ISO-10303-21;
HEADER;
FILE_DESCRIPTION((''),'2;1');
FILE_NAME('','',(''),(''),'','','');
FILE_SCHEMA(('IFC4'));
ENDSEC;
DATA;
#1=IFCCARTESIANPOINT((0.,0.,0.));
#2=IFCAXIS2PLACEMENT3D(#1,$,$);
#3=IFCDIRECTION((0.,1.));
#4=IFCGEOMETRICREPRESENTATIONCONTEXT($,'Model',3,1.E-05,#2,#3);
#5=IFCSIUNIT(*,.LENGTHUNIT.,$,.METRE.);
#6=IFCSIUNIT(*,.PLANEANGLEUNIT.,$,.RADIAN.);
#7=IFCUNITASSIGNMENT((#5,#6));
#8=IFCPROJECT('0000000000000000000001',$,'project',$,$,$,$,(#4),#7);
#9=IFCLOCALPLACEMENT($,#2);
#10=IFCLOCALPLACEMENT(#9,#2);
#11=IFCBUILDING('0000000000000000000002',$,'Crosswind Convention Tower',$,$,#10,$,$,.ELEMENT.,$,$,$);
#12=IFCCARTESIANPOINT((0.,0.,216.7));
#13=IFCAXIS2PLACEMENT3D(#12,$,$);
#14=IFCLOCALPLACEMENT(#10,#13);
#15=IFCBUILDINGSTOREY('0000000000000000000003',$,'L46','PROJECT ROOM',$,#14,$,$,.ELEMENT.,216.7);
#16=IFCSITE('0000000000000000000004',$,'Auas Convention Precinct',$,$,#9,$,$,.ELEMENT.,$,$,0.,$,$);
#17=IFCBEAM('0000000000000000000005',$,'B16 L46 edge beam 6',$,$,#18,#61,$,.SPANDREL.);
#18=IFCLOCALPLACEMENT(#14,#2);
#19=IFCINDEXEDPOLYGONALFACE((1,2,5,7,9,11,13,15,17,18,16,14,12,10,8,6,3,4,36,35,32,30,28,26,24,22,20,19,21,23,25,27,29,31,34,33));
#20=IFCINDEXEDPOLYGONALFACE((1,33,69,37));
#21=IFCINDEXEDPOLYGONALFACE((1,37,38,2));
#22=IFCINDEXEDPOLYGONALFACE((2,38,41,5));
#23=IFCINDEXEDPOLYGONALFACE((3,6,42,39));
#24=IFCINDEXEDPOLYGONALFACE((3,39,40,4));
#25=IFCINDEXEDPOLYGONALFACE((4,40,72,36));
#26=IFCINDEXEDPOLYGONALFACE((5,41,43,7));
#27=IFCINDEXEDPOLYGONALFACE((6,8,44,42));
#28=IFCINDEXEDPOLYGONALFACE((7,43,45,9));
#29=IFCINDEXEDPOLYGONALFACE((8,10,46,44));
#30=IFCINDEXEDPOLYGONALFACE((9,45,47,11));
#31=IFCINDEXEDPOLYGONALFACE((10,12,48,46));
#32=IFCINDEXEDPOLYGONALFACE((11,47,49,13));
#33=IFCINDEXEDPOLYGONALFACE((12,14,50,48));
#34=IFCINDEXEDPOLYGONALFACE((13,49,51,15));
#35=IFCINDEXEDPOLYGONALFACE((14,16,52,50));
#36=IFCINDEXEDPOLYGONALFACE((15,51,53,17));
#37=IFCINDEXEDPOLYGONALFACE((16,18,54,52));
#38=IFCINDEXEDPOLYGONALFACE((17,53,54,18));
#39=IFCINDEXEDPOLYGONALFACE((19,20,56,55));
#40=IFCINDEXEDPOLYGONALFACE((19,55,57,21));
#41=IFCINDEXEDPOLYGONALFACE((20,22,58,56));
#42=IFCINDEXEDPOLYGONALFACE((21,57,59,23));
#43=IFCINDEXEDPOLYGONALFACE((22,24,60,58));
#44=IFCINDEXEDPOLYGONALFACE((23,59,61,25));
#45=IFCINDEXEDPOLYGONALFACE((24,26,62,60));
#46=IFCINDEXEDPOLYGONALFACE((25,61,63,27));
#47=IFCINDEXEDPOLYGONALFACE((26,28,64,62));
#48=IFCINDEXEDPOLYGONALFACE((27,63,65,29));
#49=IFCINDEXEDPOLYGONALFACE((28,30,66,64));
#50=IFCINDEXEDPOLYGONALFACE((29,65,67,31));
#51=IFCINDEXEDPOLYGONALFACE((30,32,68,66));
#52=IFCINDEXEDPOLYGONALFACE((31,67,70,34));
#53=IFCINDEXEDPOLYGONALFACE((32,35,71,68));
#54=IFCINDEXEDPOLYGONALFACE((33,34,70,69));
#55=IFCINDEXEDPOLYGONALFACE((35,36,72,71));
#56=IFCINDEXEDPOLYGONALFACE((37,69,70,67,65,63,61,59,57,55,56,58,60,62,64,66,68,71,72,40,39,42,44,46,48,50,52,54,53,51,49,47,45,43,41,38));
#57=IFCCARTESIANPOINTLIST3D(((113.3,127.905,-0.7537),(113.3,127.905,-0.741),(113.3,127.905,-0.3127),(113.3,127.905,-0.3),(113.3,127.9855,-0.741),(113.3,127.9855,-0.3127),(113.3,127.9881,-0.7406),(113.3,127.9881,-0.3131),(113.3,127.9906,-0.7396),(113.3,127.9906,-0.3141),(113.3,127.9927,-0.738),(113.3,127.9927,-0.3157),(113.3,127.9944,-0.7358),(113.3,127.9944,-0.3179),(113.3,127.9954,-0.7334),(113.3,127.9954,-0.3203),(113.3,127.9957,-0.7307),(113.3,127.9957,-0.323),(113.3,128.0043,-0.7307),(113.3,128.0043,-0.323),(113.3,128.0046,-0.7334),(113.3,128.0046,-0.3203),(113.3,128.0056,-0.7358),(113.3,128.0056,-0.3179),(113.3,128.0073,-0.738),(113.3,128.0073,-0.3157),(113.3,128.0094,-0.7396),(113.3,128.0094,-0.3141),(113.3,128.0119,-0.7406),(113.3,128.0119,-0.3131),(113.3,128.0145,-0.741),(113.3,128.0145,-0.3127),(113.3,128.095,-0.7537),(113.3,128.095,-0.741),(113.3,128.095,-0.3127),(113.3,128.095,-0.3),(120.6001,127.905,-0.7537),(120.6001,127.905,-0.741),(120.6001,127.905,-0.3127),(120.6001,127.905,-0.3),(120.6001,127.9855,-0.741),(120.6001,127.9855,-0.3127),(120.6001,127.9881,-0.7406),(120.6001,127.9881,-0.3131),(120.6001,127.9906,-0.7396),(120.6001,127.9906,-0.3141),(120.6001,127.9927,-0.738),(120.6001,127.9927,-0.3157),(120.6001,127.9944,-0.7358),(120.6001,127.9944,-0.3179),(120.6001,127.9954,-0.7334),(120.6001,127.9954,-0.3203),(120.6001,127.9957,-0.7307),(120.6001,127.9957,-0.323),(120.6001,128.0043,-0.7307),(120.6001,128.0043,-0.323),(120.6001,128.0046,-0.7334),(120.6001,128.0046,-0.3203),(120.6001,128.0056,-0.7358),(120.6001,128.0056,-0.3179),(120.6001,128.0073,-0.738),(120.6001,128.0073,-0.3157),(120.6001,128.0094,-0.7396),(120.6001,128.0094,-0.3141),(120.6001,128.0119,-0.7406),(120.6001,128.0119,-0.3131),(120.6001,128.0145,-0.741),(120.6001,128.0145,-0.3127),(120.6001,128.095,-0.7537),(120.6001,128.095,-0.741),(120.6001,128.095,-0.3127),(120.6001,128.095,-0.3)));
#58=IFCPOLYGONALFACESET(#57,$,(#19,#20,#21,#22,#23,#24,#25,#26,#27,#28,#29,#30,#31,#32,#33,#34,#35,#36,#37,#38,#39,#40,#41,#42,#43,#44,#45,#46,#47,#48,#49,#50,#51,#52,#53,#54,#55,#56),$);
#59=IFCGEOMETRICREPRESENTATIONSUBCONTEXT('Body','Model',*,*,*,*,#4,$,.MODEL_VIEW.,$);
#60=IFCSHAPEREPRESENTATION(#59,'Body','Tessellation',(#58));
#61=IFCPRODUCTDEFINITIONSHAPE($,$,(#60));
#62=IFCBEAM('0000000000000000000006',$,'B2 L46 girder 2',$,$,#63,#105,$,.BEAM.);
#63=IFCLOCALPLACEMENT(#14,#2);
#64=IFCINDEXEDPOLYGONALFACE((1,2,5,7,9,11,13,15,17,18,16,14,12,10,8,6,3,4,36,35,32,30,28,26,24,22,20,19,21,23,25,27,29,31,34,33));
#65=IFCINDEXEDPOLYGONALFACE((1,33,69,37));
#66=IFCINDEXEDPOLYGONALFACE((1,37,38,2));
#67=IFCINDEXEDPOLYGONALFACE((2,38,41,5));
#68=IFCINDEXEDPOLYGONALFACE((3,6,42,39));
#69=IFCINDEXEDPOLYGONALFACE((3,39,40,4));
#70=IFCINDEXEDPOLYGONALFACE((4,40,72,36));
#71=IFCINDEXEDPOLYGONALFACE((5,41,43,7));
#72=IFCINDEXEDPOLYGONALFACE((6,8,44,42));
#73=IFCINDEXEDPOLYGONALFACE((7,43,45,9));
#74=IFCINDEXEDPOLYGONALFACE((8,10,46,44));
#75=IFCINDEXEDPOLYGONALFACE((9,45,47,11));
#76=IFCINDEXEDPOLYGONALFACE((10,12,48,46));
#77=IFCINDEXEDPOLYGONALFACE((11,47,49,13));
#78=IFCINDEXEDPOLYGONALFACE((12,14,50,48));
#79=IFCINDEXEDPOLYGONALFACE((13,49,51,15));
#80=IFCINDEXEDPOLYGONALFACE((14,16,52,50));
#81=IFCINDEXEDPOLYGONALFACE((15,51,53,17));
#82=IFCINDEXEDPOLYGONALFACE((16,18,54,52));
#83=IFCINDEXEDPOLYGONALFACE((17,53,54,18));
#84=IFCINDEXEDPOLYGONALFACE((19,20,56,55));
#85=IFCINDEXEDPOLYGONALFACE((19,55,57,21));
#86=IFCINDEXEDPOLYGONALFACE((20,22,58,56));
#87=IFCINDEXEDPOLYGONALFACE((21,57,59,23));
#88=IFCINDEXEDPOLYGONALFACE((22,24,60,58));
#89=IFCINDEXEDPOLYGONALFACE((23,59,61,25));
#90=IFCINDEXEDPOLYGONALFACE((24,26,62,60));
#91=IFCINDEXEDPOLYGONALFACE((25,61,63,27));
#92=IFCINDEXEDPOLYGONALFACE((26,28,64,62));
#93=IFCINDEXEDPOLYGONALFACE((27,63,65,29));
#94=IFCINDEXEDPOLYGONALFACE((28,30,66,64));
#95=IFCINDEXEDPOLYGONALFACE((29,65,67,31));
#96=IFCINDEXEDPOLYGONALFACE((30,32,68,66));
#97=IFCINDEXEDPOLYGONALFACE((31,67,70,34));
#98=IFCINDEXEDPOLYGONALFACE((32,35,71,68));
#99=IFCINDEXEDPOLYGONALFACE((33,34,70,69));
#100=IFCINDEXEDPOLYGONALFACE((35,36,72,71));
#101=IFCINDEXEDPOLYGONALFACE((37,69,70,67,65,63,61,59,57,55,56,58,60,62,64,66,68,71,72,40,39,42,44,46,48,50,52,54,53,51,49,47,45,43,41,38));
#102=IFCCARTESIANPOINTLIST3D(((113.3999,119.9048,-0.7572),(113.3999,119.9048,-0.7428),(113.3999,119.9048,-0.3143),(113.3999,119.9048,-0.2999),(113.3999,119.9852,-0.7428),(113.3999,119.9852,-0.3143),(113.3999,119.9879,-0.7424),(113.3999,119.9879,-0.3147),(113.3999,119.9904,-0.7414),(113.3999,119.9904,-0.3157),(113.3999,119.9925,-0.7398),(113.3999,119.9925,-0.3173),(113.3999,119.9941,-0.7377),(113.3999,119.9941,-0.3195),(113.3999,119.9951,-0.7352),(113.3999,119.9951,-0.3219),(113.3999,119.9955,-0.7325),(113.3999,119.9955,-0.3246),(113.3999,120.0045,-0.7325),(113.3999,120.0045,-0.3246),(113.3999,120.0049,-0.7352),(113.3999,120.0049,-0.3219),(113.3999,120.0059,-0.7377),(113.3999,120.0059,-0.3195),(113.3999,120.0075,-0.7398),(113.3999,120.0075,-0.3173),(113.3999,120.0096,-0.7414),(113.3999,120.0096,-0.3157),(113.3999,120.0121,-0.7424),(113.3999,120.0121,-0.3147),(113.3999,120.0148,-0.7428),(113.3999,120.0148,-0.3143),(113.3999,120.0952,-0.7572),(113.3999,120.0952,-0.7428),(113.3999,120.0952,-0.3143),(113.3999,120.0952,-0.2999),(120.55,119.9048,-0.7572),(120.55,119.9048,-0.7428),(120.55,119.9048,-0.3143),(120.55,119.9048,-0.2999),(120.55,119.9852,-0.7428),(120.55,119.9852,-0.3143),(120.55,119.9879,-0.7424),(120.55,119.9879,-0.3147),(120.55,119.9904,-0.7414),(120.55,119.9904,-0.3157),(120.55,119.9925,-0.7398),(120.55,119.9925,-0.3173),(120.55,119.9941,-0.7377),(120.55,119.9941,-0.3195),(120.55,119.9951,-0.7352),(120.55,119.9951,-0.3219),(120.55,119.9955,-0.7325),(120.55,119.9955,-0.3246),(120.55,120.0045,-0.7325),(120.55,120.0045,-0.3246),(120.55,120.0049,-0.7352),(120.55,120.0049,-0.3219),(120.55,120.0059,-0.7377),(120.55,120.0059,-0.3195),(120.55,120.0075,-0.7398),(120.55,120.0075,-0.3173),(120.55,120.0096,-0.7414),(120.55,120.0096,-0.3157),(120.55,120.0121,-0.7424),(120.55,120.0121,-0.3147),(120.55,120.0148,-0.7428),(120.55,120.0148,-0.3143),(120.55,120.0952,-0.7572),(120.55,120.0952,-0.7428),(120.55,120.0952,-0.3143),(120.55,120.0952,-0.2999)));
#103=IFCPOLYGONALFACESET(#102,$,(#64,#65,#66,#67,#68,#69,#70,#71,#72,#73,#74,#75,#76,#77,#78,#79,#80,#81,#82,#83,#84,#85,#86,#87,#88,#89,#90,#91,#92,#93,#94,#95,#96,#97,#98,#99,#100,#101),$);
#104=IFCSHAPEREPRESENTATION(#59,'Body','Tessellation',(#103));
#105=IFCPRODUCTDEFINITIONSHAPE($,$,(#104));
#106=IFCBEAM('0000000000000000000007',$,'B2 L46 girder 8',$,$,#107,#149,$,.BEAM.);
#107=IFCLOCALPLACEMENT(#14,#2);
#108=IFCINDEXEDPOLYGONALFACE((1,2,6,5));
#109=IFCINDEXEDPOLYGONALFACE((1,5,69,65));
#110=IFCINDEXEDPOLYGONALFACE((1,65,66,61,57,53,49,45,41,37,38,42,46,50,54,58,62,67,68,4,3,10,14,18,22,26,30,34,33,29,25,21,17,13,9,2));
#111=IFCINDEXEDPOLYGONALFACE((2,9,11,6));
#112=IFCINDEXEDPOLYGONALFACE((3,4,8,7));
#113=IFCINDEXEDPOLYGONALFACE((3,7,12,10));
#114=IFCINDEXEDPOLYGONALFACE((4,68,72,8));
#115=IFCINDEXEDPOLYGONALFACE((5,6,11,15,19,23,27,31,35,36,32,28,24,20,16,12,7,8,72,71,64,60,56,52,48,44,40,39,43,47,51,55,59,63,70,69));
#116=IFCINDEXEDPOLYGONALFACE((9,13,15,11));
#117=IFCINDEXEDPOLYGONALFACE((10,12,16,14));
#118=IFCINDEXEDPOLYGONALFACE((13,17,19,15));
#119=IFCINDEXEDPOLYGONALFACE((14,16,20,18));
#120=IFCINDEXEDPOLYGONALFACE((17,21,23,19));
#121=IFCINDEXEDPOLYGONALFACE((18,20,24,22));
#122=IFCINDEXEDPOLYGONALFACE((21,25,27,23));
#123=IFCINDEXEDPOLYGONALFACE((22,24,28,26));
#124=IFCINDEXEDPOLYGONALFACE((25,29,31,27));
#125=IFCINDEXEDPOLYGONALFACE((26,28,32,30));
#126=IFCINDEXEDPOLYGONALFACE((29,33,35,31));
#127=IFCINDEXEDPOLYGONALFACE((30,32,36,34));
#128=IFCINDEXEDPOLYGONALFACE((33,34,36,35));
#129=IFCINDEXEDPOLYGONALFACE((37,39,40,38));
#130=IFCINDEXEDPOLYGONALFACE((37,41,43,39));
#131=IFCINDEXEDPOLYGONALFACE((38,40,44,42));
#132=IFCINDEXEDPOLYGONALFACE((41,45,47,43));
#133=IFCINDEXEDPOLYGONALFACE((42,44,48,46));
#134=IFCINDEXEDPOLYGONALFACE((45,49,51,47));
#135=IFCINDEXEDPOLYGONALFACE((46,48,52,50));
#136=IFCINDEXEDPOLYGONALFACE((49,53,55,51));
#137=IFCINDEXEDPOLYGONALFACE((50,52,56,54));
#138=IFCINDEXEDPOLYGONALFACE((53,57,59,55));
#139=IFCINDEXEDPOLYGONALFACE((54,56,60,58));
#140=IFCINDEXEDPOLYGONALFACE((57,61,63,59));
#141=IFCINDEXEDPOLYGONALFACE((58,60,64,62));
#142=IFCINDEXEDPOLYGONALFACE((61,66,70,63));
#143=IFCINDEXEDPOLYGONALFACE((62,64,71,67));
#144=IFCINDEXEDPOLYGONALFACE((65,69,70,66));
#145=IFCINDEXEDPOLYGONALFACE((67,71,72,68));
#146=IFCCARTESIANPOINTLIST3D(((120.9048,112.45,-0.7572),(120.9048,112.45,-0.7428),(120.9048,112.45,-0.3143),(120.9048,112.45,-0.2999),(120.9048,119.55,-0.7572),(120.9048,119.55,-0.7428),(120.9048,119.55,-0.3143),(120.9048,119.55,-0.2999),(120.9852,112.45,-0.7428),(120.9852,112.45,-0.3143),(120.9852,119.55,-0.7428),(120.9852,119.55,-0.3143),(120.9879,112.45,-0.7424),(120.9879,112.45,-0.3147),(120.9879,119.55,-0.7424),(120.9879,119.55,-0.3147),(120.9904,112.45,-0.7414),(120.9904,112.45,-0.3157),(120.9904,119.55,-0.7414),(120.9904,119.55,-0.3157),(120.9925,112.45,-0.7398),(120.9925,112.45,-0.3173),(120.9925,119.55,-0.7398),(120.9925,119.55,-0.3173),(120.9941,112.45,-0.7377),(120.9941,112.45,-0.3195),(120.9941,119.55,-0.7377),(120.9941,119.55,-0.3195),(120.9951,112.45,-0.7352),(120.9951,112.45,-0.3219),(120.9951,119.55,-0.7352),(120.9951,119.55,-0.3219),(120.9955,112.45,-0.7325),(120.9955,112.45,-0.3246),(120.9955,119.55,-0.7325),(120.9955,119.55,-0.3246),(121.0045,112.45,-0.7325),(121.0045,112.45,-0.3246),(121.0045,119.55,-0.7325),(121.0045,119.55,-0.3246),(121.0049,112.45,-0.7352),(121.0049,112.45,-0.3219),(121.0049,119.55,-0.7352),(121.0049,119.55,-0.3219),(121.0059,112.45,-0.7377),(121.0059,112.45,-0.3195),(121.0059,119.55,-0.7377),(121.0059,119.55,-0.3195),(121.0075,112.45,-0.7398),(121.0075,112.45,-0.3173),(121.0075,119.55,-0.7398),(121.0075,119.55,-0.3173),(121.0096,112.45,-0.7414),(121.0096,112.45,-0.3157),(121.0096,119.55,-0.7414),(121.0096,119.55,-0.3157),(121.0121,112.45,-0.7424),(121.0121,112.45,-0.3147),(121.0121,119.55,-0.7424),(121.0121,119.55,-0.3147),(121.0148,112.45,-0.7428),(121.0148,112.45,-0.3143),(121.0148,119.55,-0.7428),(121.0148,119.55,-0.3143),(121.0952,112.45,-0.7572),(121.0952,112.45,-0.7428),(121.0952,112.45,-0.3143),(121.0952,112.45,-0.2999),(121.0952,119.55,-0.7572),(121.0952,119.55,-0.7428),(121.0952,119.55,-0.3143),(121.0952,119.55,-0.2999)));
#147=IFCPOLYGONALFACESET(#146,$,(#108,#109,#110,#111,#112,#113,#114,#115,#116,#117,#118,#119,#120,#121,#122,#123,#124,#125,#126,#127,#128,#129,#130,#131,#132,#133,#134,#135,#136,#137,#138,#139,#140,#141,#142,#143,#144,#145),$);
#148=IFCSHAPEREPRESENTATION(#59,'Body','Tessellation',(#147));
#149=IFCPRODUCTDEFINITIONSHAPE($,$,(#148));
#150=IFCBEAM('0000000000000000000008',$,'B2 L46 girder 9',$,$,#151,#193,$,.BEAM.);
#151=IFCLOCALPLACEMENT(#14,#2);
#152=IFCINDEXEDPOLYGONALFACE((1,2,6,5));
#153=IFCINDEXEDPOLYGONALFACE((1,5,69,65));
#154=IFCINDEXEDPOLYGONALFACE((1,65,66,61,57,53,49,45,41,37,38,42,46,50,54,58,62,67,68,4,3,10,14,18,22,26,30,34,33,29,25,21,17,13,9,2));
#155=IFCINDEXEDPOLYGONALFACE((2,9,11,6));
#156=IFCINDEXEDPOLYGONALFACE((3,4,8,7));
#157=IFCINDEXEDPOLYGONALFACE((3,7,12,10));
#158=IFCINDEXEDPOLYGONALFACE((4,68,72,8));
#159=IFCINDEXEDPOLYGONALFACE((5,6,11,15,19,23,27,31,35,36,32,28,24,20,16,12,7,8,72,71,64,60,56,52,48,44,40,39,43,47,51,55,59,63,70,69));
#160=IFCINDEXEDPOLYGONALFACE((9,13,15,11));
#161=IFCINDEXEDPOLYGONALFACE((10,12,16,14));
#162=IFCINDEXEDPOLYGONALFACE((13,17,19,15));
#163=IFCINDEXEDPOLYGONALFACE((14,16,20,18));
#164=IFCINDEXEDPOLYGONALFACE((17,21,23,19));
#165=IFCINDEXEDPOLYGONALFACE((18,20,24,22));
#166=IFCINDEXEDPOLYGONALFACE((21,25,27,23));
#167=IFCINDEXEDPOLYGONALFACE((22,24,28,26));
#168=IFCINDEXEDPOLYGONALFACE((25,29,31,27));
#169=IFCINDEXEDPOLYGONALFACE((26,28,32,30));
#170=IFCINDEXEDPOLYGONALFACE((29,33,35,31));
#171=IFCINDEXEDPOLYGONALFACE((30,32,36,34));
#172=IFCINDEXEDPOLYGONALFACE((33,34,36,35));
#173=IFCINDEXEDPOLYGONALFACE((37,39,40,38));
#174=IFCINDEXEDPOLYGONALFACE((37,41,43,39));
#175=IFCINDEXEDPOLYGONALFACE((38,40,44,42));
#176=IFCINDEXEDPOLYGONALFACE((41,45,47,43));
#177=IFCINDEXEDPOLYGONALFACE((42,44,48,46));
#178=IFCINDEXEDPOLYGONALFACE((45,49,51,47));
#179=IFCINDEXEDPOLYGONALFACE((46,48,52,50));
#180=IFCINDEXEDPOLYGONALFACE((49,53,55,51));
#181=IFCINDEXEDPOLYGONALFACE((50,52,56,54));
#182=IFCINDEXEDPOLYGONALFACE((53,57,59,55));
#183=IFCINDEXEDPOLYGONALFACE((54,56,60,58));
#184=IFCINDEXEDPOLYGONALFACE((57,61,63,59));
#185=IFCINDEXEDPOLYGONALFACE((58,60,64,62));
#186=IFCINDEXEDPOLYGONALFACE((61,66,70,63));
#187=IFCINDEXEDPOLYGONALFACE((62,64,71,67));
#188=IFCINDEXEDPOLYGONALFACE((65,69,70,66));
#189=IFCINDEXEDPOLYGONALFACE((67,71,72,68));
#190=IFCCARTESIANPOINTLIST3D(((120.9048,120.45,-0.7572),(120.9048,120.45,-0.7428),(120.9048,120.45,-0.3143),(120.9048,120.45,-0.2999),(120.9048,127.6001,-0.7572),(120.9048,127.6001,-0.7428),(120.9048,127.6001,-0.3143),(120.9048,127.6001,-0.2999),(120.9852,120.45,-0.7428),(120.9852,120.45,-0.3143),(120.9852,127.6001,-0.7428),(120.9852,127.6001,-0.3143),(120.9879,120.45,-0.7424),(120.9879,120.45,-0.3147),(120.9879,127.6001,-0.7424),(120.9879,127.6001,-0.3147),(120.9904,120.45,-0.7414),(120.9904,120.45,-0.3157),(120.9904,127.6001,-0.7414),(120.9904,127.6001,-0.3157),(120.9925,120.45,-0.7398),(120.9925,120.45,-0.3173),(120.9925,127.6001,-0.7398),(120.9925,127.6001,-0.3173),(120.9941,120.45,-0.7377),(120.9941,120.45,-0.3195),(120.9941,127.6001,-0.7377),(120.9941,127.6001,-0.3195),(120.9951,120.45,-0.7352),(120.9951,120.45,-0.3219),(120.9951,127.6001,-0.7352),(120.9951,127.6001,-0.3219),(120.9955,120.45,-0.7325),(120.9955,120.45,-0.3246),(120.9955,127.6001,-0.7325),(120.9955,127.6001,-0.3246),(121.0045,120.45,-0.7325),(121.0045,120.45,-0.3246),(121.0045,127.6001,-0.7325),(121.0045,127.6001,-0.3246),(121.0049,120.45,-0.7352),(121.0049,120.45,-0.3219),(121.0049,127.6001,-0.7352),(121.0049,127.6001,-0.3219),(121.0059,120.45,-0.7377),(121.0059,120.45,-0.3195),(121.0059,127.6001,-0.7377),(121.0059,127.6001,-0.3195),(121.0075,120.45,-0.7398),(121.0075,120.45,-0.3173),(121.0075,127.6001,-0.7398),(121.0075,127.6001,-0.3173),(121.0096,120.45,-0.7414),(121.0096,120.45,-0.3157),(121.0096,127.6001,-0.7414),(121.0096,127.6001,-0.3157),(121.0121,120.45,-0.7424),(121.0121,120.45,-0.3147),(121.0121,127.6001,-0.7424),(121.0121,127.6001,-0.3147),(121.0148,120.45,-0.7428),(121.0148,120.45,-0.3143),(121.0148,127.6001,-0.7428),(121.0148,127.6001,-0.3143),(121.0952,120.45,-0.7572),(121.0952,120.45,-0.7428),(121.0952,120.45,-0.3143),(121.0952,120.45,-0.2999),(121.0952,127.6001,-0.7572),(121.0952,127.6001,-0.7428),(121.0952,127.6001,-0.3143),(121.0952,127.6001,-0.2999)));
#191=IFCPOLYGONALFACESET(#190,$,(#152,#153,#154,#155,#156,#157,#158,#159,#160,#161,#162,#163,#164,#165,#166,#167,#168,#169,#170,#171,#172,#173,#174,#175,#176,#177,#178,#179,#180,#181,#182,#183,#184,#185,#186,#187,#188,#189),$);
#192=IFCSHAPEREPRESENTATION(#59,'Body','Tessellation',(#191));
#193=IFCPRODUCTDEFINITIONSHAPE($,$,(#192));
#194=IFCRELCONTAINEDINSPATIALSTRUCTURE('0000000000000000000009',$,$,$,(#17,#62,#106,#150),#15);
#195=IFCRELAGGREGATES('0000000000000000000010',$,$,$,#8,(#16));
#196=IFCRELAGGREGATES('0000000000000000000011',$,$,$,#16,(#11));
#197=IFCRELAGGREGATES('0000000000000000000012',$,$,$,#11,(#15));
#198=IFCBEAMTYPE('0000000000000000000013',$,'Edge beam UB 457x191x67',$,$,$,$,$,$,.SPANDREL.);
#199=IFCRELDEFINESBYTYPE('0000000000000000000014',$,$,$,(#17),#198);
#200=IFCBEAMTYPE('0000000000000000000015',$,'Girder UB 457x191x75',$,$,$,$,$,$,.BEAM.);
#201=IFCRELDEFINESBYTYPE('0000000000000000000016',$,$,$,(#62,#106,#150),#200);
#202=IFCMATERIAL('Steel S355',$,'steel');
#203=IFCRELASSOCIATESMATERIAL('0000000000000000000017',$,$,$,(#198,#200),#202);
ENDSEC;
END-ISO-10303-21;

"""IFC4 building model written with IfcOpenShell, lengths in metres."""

from ifc_helpers import new_model, si_unit, direction, frame, origin, origin_2d, place, context, subcontext, project, spatial, i_section, extrude, material, material_profile, profile_set, type_object, element, save


model = new_model("IFC4")

# Units and contexts
model_context = context("Model", 3, precision=1e-05, world=origin(), true_north=direction((0.0, 1.0)))
body_context = subcontext(model_context, "Body", "Model", "MODEL_VIEW")
ifc_project = project(units=[si_unit("LENGTHUNIT", "METRE"), si_unit("PLANEANGLEUNIT", "RADIAN")], contexts=[model_context])

# Site, building, storey
site_placement = place(None, origin())
site = spatial("IfcSite", under=ifc_project, at=site_placement, Name="Auas Convention Precinct", CompositionType="ELEMENT", RefElevation=0.0)
building_placement = place(site_placement, origin())
building = spatial("IfcBuilding", under=site, at=building_placement, Name="Crosswind Convention Tower", CompositionType="ELEMENT")
storey_placement = place(building_placement, frame((0.0, 0.0, 216.7)))
storey = spatial("IfcBuildingStorey", under=building, at=storey_placement, Name="L46", Description="PROJECT ROOM", CompositionType="ELEMENT", Elevation=216.7)

# Beams
ifc_material_1 = material(Name="Steel S355", Category="steel")
ifc_material_profile_1 = material_profile(ifc_material_1, i_section(OverallWidth=0.1899, OverallDepth=0.4536, WebThickness=0.0085, FlangeThickness=0.0127, FilletRadius=0.0103, at=origin_2d()), Name="UB 457x191x67")
ifc_profile_set_1 = profile_set([ifc_material_profile_1], Name="Steel S355")
beam_type_1 = type_object("IfcBeamType", Name="Edge beam UB 457x191x67", PredefinedType="SPANDREL", material=ifc_profile_set_1)
for number, where, z_axis, x_axis, name in (
    (1, (113.3, 128.0, -0.5269), (1.0, 0.0, 0.0), (0.0, 1.0, 0.0), "B16 L46 edge beam 6"),
):
    element("IfcBeam", number, at=place(storey_placement, frame(where, z_axis=z_axis, x_axis=x_axis)), inside=storey, type_object=beam_type_1, Name=name, PredefinedType="SPANDREL", context=body_context, shape_type="SweptSolid", body=[
        extrude(i_section(OverallWidth=0.1899, OverallDepth=0.4536, WebThickness=0.0085, FlangeThickness=0.0127, FilletRadius=0.0103, at=origin_2d()), origin(), (0.0, 0.0, 1.0), 7.3),
    ])
ifc_material_profile_2 = material_profile(ifc_material_1, i_section(OverallWidth=0.1904, OverallDepth=0.4573, WebThickness=0.009, FlangeThickness=0.0144, FilletRadius=0.0103, at=origin_2d()), Name="UB 457x191x75")
ifc_profile_set_2 = profile_set([ifc_material_profile_2], Name="Steel S355")
beam_type_2 = type_object("IfcBeamType", Name="Girder UB 457x191x75", PredefinedType="BEAM", material=ifc_profile_set_2)
beam_1_placement = place(storey_placement, frame((113.3999, 120.0, -0.5286), z_axis=(1.0, 0.0, 0.0), x_axis=(0.0, 1.0, 0.0)))
element("IfcBeam", 2, at=beam_1_placement, inside=storey, type_object=beam_type_2, Name="B2 L46 girder 2", PredefinedType="BEAM", context=body_context, shape_type="SweptSolid", body=[
    extrude(i_section(OverallWidth=0.1904, OverallDepth=0.4573, WebThickness=0.009, FlangeThickness=0.0144, FilletRadius=0.0103, at=origin_2d()), origin(), (0.0, 0.0, 1.0), 7.1501),
])
beam_2_placement = place(storey_placement, frame((121.0, 112.45, -0.5286), z_axis=(0.0, 1.0, 0.0), x_axis=(-1.0, 0.0, 0.0)))
element("IfcBeam", 3, at=beam_2_placement, inside=storey, type_object=beam_type_2, Name="B2 L46 girder 8", PredefinedType="BEAM", context=body_context, shape_type="SweptSolid", body=[
    extrude(i_section(OverallWidth=0.1904, OverallDepth=0.4573, WebThickness=0.009, FlangeThickness=0.0144, FilletRadius=0.0103, at=origin_2d()), origin(), (0.0, 0.0, 1.0), 7.1001),
])
beam_3_placement = place(storey_placement, frame((121.0, 120.45, -0.5286), z_axis=(0.0, 1.0, 0.0), x_axis=(-1.0, 0.0, 0.0)))
element("IfcBeam", 4, at=beam_3_placement, inside=storey, type_object=beam_type_2, Name="B2 L46 girder 9", PredefinedType="BEAM", context=body_context, shape_type="SweptSolid", body=[
    extrude(i_section(OverallWidth=0.1904, OverallDepth=0.4573, WebThickness=0.009, FlangeThickness=0.0144, FilletRadius=0.0103, at=origin_2d()), origin(), (0.0, 0.0, 1.0), 7.1501),
])

save(model, "model.ifc")
